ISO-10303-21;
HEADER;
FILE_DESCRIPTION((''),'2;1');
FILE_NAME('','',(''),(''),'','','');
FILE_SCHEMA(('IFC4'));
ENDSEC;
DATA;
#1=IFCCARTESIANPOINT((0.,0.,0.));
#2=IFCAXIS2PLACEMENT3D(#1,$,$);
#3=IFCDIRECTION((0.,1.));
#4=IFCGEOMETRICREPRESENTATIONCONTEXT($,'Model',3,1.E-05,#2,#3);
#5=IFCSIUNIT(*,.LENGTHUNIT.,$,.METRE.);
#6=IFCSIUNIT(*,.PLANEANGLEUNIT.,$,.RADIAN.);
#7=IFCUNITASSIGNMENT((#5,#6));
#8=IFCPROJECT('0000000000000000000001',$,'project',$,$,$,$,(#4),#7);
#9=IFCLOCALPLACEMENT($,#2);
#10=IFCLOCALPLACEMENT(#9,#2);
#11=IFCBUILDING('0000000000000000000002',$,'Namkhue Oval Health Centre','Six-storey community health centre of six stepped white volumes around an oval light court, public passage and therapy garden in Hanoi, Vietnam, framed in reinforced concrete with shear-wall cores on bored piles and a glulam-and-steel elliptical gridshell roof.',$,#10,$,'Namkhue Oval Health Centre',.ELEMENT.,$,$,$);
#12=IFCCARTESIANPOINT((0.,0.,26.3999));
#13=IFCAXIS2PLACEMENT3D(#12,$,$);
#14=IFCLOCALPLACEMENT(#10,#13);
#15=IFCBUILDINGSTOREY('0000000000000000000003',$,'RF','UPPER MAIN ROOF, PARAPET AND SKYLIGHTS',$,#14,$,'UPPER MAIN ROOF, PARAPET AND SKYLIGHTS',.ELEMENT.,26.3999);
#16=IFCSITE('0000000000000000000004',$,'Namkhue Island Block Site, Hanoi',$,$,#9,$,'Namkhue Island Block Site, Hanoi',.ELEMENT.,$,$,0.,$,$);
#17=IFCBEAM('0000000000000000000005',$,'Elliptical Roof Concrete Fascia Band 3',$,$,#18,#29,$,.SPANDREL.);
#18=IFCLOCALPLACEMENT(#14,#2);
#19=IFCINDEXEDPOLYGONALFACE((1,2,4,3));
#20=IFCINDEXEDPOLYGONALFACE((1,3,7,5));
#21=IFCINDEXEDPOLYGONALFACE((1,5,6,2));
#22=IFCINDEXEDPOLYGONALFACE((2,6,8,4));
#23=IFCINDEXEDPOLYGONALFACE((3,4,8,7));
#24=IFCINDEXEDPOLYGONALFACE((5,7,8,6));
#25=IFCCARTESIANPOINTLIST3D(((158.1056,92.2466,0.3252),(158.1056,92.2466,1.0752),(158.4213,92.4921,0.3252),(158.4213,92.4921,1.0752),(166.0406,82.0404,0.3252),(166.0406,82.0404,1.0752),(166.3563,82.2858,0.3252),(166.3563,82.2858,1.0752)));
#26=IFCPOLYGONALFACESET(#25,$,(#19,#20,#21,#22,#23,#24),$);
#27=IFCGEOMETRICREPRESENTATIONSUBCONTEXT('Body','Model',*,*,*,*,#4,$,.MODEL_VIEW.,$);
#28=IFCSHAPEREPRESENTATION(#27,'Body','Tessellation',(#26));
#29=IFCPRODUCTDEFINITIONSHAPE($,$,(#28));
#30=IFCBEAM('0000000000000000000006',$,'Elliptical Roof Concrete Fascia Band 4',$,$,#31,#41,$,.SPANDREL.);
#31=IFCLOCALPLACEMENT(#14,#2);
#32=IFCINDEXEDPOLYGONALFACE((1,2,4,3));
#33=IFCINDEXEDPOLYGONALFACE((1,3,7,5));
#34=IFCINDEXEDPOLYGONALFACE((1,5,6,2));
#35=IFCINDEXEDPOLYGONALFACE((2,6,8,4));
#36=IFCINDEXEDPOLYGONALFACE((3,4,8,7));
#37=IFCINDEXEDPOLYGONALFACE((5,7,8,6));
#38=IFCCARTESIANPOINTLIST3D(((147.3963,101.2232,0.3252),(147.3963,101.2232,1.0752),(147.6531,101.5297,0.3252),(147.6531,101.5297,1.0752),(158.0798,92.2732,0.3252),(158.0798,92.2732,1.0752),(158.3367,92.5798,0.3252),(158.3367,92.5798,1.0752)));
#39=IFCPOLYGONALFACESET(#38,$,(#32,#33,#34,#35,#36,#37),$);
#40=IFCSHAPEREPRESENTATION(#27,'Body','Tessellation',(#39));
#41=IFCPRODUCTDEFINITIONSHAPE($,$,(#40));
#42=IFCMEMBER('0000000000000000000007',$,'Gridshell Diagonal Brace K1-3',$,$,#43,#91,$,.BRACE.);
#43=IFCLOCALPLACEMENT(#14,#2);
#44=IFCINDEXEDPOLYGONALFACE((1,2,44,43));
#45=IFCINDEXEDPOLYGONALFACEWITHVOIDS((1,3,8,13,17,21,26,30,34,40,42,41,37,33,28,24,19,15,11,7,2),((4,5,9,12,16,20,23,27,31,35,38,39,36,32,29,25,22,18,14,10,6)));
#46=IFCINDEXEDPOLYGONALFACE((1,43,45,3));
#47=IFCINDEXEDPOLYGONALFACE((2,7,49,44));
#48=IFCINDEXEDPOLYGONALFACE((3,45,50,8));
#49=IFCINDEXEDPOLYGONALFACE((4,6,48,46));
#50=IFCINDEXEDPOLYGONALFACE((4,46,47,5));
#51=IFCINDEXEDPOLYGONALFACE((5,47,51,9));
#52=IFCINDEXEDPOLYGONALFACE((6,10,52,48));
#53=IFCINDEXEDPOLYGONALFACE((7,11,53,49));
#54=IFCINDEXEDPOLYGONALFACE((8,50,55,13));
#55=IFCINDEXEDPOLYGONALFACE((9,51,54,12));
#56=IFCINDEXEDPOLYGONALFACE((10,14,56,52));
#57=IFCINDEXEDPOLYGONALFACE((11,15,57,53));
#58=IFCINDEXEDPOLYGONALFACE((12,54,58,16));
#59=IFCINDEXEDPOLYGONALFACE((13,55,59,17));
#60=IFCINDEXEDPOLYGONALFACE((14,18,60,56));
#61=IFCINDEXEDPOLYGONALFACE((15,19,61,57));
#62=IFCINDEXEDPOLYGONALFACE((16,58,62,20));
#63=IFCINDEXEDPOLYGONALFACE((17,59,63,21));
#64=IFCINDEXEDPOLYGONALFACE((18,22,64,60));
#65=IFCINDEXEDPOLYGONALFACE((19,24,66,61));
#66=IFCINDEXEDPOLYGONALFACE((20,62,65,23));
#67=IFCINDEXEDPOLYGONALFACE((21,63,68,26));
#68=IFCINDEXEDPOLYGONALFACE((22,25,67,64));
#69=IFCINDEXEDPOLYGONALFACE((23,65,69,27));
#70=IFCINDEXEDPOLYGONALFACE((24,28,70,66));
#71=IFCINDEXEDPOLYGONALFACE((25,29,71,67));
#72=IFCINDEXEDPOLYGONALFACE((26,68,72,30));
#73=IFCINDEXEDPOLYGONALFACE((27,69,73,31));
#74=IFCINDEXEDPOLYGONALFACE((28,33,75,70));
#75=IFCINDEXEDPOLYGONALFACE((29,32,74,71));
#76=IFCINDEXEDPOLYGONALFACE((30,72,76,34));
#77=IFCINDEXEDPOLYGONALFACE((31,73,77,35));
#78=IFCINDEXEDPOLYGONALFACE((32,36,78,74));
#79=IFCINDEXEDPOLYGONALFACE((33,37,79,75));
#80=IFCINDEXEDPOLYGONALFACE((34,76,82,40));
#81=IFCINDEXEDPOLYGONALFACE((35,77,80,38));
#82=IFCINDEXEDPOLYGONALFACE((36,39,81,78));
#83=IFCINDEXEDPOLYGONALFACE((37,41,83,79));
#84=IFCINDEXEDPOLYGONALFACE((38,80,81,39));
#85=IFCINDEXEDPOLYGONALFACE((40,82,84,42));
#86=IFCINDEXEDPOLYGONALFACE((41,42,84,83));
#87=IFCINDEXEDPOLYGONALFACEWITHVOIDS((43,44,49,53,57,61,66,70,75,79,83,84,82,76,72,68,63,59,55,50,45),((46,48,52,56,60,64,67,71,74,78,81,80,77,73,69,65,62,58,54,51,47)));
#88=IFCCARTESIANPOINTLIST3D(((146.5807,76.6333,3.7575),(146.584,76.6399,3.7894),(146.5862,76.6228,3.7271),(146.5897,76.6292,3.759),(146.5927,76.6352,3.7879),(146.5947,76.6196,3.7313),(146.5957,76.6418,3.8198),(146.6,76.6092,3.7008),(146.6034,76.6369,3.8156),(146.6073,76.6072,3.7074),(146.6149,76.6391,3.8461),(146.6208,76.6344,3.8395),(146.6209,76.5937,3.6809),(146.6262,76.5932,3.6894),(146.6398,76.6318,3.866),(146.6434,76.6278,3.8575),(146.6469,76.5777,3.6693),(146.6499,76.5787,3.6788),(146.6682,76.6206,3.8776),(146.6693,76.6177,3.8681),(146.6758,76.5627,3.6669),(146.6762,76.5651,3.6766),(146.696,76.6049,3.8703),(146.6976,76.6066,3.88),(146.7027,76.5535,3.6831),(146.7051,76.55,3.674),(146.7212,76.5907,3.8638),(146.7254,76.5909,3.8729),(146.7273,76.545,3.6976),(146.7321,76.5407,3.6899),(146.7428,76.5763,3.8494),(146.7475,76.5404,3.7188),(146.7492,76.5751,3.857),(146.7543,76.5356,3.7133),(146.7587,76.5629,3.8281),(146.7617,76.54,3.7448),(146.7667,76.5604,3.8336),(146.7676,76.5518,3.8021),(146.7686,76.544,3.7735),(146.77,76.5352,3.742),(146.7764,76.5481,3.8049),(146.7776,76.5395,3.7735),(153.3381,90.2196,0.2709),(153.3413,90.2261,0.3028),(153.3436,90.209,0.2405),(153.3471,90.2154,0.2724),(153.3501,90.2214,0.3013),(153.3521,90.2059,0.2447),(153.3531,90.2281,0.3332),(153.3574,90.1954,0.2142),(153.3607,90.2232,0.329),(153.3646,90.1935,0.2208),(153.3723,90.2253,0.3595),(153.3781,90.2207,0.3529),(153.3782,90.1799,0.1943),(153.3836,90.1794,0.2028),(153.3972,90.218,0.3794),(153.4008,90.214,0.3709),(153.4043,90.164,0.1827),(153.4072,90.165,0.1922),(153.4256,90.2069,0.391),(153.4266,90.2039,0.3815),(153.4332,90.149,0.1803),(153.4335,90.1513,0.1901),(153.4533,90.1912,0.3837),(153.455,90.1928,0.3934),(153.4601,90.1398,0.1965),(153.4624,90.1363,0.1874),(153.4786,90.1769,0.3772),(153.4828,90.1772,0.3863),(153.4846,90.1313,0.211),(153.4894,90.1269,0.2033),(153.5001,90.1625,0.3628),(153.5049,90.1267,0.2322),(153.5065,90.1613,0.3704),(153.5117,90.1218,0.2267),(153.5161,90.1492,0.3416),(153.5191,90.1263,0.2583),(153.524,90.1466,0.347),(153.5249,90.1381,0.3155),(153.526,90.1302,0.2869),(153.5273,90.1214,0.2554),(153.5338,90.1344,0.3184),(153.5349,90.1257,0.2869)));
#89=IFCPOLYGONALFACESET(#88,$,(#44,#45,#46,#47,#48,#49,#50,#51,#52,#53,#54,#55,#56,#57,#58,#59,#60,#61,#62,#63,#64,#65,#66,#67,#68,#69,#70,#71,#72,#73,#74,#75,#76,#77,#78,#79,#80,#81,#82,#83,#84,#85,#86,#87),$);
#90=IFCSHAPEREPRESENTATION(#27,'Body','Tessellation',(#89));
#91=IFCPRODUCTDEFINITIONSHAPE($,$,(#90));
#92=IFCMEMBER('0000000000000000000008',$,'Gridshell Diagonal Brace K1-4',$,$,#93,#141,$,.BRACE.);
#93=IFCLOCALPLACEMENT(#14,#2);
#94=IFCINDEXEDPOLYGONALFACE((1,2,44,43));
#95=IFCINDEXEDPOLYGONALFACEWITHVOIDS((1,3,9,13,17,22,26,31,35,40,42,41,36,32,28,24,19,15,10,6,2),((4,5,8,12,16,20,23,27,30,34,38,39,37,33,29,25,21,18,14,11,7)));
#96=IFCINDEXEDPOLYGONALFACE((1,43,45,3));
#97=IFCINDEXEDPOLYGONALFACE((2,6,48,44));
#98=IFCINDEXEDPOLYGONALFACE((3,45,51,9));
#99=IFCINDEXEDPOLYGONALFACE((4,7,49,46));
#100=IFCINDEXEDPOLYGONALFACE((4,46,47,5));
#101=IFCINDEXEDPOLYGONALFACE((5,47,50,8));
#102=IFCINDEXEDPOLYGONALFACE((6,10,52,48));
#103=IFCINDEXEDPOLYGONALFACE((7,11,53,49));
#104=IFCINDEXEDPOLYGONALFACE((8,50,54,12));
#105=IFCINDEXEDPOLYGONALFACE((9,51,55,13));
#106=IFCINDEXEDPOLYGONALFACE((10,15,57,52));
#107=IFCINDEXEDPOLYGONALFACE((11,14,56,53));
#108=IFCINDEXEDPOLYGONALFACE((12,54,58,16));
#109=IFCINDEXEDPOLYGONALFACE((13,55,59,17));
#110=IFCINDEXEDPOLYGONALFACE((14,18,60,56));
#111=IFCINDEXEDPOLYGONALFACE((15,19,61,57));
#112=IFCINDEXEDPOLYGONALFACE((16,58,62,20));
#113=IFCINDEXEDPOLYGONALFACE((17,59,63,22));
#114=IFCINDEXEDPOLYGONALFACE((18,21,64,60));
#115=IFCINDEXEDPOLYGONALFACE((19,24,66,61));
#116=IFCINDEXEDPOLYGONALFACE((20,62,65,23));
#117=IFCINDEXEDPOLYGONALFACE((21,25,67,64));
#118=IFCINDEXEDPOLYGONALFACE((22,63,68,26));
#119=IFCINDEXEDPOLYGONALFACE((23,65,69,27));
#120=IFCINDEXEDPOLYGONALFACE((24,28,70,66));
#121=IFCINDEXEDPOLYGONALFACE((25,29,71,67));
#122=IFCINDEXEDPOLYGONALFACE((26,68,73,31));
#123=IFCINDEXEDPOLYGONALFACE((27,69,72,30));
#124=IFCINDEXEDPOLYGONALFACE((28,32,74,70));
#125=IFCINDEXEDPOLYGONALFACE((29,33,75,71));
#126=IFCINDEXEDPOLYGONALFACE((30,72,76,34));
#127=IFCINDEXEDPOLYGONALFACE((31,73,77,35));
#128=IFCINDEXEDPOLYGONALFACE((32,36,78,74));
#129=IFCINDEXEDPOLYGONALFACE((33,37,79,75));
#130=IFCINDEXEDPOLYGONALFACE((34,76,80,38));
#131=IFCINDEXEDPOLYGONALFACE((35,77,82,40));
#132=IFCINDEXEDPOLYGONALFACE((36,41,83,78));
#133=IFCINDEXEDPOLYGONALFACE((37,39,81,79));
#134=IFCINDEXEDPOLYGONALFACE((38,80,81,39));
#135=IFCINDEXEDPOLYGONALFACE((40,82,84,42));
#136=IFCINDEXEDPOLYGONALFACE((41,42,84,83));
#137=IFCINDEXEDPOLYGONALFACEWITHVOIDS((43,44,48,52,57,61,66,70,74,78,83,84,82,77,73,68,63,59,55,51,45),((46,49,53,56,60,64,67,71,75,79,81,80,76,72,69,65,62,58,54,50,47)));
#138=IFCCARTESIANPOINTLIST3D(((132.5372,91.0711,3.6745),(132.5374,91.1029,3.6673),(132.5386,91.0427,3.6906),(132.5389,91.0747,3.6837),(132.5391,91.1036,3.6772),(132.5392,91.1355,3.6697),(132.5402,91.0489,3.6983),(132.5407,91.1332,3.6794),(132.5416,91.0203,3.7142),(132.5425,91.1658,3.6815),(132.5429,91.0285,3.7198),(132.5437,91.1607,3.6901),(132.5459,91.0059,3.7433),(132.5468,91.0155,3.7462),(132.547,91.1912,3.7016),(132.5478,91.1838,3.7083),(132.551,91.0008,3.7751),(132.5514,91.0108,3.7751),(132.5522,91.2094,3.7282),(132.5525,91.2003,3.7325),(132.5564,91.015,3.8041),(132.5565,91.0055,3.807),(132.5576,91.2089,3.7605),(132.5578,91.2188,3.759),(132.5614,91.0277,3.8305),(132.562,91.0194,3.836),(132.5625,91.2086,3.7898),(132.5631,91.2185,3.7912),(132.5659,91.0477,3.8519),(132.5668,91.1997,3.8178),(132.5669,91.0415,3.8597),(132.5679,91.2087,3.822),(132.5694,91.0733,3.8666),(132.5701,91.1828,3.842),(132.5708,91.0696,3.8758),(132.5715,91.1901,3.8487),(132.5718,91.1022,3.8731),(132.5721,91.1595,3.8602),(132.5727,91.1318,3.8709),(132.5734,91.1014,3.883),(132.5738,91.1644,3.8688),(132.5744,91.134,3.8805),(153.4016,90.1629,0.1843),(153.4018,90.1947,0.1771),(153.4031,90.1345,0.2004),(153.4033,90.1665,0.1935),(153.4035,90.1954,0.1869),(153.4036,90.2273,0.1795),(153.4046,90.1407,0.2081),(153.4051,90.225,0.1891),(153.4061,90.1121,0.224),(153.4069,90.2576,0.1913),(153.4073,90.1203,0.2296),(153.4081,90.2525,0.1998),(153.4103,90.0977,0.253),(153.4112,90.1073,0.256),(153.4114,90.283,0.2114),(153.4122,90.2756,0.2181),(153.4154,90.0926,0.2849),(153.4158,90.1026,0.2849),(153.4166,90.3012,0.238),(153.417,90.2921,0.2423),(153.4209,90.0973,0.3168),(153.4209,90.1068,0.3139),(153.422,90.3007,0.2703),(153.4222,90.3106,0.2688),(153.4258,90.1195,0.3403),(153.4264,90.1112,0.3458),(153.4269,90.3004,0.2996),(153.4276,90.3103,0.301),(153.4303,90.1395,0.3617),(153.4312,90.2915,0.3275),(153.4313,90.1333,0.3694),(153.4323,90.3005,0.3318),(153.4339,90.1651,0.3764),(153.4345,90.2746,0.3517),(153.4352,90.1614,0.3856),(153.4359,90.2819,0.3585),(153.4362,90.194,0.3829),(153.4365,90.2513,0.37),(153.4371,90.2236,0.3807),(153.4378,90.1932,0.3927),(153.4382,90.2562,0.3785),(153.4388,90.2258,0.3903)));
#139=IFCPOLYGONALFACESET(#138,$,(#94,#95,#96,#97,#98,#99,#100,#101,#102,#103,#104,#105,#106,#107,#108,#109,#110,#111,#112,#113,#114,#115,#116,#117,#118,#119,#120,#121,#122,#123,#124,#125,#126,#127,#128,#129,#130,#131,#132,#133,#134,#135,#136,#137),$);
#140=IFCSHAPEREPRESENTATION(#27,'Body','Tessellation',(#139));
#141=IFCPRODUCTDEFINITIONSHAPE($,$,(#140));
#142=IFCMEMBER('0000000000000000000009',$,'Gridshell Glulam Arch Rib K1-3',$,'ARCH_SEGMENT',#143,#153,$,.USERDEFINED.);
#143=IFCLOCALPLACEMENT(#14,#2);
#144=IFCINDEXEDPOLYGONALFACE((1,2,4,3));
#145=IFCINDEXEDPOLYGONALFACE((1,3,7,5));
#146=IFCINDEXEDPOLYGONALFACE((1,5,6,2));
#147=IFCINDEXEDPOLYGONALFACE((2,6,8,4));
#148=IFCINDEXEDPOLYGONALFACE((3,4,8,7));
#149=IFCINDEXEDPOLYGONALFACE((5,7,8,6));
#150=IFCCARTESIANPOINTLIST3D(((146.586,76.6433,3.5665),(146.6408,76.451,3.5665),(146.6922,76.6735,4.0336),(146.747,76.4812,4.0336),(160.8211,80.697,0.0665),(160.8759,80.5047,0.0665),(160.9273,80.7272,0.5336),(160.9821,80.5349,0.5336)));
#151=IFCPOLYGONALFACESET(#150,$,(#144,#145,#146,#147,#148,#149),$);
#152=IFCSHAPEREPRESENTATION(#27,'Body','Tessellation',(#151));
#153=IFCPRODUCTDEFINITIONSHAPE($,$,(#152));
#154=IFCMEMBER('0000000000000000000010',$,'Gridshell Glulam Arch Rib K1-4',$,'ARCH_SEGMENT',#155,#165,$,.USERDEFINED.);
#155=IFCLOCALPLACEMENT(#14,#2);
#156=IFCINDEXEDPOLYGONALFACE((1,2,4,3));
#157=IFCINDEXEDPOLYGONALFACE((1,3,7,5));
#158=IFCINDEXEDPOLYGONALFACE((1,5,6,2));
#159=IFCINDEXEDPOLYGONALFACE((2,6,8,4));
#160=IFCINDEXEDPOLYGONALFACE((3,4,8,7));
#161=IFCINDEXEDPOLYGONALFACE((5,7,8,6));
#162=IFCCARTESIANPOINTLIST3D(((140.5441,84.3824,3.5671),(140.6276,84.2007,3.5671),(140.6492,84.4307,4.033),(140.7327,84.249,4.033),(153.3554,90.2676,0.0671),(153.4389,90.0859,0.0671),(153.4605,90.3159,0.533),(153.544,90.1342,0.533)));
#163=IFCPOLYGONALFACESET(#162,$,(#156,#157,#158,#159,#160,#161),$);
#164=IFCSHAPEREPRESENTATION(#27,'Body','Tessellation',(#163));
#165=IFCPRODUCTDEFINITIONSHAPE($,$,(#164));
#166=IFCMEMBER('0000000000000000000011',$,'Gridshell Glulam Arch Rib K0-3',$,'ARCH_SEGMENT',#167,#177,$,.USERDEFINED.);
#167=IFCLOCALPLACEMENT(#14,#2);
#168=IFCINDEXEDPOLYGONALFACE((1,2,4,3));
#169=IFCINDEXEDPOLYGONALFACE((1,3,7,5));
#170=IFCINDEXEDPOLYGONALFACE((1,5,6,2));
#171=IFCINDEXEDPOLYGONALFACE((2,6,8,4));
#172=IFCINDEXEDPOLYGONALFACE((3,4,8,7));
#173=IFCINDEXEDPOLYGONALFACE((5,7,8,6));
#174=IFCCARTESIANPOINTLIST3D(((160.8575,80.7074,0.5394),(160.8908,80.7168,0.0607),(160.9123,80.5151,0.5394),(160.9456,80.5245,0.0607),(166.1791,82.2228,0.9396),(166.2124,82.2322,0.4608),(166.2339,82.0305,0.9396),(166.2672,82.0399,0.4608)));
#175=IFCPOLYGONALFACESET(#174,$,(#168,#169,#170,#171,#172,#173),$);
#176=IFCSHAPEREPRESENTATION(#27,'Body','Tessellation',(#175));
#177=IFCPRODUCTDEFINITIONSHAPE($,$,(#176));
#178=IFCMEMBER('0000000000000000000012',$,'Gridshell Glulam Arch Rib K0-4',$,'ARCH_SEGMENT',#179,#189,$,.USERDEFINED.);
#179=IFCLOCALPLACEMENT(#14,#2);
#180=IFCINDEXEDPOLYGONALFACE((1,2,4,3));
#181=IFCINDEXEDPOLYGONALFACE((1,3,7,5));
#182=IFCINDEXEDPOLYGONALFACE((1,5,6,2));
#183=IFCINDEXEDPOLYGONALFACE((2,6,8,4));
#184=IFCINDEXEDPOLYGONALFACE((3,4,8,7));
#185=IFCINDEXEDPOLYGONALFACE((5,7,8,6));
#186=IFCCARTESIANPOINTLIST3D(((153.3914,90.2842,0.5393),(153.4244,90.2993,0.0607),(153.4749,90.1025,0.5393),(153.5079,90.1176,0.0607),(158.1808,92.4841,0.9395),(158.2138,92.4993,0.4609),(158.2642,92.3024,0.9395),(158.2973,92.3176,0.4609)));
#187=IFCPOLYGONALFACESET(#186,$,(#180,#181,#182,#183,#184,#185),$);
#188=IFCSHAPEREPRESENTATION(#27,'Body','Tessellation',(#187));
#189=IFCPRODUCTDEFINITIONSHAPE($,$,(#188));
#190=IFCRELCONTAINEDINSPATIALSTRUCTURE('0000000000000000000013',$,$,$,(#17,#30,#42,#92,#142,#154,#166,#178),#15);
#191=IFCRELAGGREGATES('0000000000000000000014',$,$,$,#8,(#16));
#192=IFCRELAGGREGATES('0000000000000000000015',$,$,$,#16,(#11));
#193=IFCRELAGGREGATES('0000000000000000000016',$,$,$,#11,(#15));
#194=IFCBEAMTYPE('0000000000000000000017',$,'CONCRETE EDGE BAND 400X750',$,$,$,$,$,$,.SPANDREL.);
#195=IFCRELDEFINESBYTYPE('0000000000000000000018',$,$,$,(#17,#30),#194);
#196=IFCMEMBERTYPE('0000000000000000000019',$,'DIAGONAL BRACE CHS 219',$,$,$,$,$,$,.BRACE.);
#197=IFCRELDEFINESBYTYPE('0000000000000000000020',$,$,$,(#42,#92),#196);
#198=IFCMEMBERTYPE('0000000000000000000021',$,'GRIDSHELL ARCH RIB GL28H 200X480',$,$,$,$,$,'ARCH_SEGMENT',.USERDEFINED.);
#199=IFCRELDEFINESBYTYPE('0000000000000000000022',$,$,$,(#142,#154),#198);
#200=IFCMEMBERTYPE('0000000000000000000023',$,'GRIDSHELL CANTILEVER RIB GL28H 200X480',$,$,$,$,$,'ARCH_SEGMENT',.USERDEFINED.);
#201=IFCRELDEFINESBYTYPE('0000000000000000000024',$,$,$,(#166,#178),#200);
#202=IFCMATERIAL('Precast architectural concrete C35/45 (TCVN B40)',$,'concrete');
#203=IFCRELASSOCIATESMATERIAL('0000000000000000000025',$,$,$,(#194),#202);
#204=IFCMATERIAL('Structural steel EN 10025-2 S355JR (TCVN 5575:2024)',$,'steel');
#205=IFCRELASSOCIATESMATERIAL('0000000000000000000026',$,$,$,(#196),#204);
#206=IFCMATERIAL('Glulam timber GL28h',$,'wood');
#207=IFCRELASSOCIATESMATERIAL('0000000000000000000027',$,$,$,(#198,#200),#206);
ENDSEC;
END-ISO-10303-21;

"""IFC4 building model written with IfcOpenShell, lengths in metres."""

from ifc_helpers import new_model, si_unit, direction, frame, origin, origin_2d, place, context, subcontext, project, spatial, rectangle, hollow_circle, extrude, material, material_profile, profile_set, type_object, element, save


model = new_model("IFC4")

# Units and contexts
model_context = context("Model", 3, precision=1e-05, world=origin(), true_north=direction((0.0, 1.0)))
body_context = subcontext(model_context, "Body", "Model", "MODEL_VIEW")
ifc_project = project(units=[si_unit("LENGTHUNIT", "METRE"), si_unit("PLANEANGLEUNIT", "RADIAN")], contexts=[model_context])

# Site, building, storey
site_placement = place(None, origin())
site = spatial("IfcSite", under=ifc_project, at=site_placement, Name="Namkhue Island Block Site, Hanoi", LongName="Namkhue Island Block Site, Hanoi", CompositionType="ELEMENT", RefElevation=0.0)
building_placement = place(site_placement, origin())
building = spatial("IfcBuilding", under=site, at=building_placement, Name="Namkhue Oval Health Centre", Description="Six-storey community health centre of six stepped white volumes around an oval light court, public passage and therapy garden in Hanoi, Vietnam, framed in reinforced concrete with shear-wall cores on bored piles and a glulam-and-steel elliptical gridshell roof.", LongName="Namkhue Oval Health Centre", CompositionType="ELEMENT")
storey_placement = place(building_placement, frame((0.0, 0.0, 26.3999)))
storey = spatial("IfcBuildingStorey", under=building, at=storey_placement, Name="RF", Description="UPPER MAIN ROOF, PARAPET AND SKYLIGHTS", LongName="UPPER MAIN ROOF, PARAPET AND SKYLIGHTS", CompositionType="ELEMENT", Elevation=26.3999)

# Beams
ifc_material_1 = material(Name="Precast architectural concrete C35/45 (TCVN B40)", Category="concrete")
ifc_material_profile_1 = material_profile(ifc_material_1, rectangle(XDim=0.3999, YDim=0.75, at=origin_2d()), Name="RC 400x750")
ifc_profile_set_1 = profile_set([ifc_material_profile_1], Name="Precast architectural concrete C35/45 (TCVN B40)")
beam_type = type_object("IfcBeamType", Name="CONCRETE EDGE BAND 400X750", PredefinedType="SPANDREL", material=ifc_profile_set_1)
beam_1_placement = place(storey_placement, frame((166.1985, 82.1631, 0.7002), z_axis=(-0.613788, 0.789471, 0.0), x_axis=(-0.789471, -0.613788, 0.0)))
element("IfcBeam", 1, at=beam_1_placement, inside=storey, type_object=beam_type, Name="Elliptical Roof Concrete Fascia Band 3", PredefinedType="SPANDREL", context=body_context, shape_type="SweptSolid", body=[
    extrude(rectangle(XDim=0.3999, YDim=0.75, at=origin_2d()), origin(), (0.0, 0.0, 1.0), 12.928),
])
beam_2_placement = place(storey_placement, frame((158.2083, 92.4265, 0.7002), z_axis=(-0.766562, 0.642171, 0.0), x_axis=(-0.642171, -0.766562, 0.0)))
element("IfcBeam", 2, at=beam_2_placement, inside=storey, type_object=beam_type, Name="Elliptical Roof Concrete Fascia Band 4", PredefinedType="SPANDREL", context=body_context, shape_type="SweptSolid", body=[
    extrude(rectangle(XDim=0.3999, YDim=0.75, at=origin_2d()), origin(), (0.0, 0.0, 1.0), 13.937),
])

# Members
ifc_material_2 = material(Name="Structural steel EN 10025-2 S355JR (TCVN 5575:2024)", Category="steel")
ifc_material_profile_2 = material_profile(ifc_material_2, hollow_circle(Radius=0.1096, WallThickness=0.01, at=origin_2d()), Name="CHS 219.1x10")
ifc_profile_set_2 = profile_set([ifc_material_profile_2], Name="Structural steel EN 10025-2 S355JR (TCVN 5575:2024)")
member_type_1 = type_object("IfcMemberType", Name="DIAGONAL BRACE CHS 219", PredefinedType="BRACE", material=ifc_profile_set_2)
member_1_placement = place(storey_placement, frame((153.4368, 90.1746, 0.2869), z_axis=(-0.434017, -0.872628, 0.223939), x_axis=(0.895368, -0.445327, 0.0)))
element("IfcMember", 3, at=member_1_placement, inside=storey, type_object=member_type_1, Name="Gridshell Diagonal Brace K1-3", PredefinedType="BRACE", context=body_context, shape_type="SweptSolid", body=[
    extrude(hollow_circle(Radius=0.1096, WallThickness=0.01, at=origin_2d()), origin(), (0.0, 0.0, 1.0), 15.5693),
])
member_2_placement = place(storey_placement, frame((153.4202, 90.2021, 0.2849), z_axis=(-0.985388, 0.042893, 0.164837), x_axis=(-0.043487, -0.999054, 0.0)))
element("IfcMember", 4, at=member_2_placement, inside=storey, type_object=member_type_1, Name="Gridshell Diagonal Brace K1-4", PredefinedType="BRACE", context=body_context, shape_type="SweptSolid", body=[
    extrude(hollow_circle(Radius=0.1096, WallThickness=0.01, at=origin_2d()), origin(), (0.0, 0.0, 1.0), 21.1738),
])
ifc_material_3 = material(Name="Glulam timber GL28h", Category="wood")
ifc_material_profile_3 = material_profile(ifc_material_3, rectangle(XDim=0.2, YDim=0.48, at=origin_2d()), Name="GL28h 200x480")
ifc_profile_set_3 = profile_set([ifc_material_profile_3], Name="Glulam timber GL28h")
member_type_2 = type_object("IfcMemberType", Name="GRIDSHELL ARCH RIB GL28H 200X480", ElementType="ARCH_SEGMENT", PredefinedType="USERDEFINED", material=ifc_profile_set_3)
member_3_placement = place(storey_placement, frame((160.9016, 80.616, 0.3), z_axis=(-0.935952, -0.26653, 0.230123), x_axis=(0.27388, -0.961764, 0.0)))
element("IfcMember", 5, at=member_3_placement, inside=storey, type_object=member_type_2, Name="Gridshell Glulam Arch Rib K1-3", ObjectType="ARCH_SEGMENT", PredefinedType="USERDEFINED", context=body_context, shape_type="SweptSolid", body=[
    extrude(rectangle(XDim=0.2, YDim=0.48, at=origin_2d()), origin(), (0.0, 0.0, 1.0), 15.2092),
])
member_4_placement = place(storey_placement, frame((153.4497, 90.2009, 0.3), z_axis=(-0.881933, -0.405143, 0.240941), x_axis=(0.417441, -0.908704, 0.0)))
element("IfcMember", 6, at=member_4_placement, inside=storey, type_object=member_type_2, Name="Gridshell Glulam Arch Rib K1-4", ObjectType="ARCH_SEGMENT", PredefinedType="USERDEFINED", context=body_context, shape_type="SweptSolid", body=[
    extrude(rectangle(XDim=0.2, YDim=0.48, at=origin_2d()), origin(), (0.0, 0.0, 1.0), 14.5264),
])
ifc_material_profile_4 = material_profile(ifc_material_3, rectangle(XDim=0.2, YDim=0.48, at=origin_2d()), Name="GL28h 200x480")
ifc_profile_set_4 = profile_set([ifc_material_profile_4], Name="Glulam timber GL28h")
member_type_3 = type_object("IfcMemberType", Name="GRIDSHELL CANTILEVER RIB GL28H 200X480", ElementType="ARCH_SEGMENT", PredefinedType="USERDEFINED", material=ifc_profile_set_4)
member_5_placement = place(storey_placement, frame((166.2231, 82.1313, 0.7002), z_axis=(-0.95926, -0.273163, -0.07213), x_axis=(0.273876, -0.961765, 0.0)))
element("IfcMember", 7, at=member_5_placement, inside=storey, type_object=member_type_3, Name="Gridshell Glulam Arch Rib K0-3", ObjectType="ARCH_SEGMENT", PredefinedType="USERDEFINED", context=body_context, shape_type="SweptSolid", body=[
    extrude(rectangle(XDim=0.2, YDim=0.48, at=origin_2d()), origin(), (0.0, 0.0, 1.0), 5.5476),
])
member_6_placement = place(storey_placement, frame((158.239, 92.4009, 0.7002), z_axis=(-0.906108, -0.416218, -0.075705), x_axis=(0.417415, -0.908716, 0.0)))
element("IfcMember", 8, at=member_6_placement, inside=storey, type_object=member_type_3, Name="Gridshell Glulam Arch Rib K0-4", ObjectType="ARCH_SEGMENT", PredefinedType="USERDEFINED", context=body_context, shape_type="SweptSolid", body=[
    extrude(rectangle(XDim=0.2, YDim=0.48, at=origin_2d()), origin(), (0.0, 0.0, 1.0), 5.2856),
])

save(model, "model.ifc")
